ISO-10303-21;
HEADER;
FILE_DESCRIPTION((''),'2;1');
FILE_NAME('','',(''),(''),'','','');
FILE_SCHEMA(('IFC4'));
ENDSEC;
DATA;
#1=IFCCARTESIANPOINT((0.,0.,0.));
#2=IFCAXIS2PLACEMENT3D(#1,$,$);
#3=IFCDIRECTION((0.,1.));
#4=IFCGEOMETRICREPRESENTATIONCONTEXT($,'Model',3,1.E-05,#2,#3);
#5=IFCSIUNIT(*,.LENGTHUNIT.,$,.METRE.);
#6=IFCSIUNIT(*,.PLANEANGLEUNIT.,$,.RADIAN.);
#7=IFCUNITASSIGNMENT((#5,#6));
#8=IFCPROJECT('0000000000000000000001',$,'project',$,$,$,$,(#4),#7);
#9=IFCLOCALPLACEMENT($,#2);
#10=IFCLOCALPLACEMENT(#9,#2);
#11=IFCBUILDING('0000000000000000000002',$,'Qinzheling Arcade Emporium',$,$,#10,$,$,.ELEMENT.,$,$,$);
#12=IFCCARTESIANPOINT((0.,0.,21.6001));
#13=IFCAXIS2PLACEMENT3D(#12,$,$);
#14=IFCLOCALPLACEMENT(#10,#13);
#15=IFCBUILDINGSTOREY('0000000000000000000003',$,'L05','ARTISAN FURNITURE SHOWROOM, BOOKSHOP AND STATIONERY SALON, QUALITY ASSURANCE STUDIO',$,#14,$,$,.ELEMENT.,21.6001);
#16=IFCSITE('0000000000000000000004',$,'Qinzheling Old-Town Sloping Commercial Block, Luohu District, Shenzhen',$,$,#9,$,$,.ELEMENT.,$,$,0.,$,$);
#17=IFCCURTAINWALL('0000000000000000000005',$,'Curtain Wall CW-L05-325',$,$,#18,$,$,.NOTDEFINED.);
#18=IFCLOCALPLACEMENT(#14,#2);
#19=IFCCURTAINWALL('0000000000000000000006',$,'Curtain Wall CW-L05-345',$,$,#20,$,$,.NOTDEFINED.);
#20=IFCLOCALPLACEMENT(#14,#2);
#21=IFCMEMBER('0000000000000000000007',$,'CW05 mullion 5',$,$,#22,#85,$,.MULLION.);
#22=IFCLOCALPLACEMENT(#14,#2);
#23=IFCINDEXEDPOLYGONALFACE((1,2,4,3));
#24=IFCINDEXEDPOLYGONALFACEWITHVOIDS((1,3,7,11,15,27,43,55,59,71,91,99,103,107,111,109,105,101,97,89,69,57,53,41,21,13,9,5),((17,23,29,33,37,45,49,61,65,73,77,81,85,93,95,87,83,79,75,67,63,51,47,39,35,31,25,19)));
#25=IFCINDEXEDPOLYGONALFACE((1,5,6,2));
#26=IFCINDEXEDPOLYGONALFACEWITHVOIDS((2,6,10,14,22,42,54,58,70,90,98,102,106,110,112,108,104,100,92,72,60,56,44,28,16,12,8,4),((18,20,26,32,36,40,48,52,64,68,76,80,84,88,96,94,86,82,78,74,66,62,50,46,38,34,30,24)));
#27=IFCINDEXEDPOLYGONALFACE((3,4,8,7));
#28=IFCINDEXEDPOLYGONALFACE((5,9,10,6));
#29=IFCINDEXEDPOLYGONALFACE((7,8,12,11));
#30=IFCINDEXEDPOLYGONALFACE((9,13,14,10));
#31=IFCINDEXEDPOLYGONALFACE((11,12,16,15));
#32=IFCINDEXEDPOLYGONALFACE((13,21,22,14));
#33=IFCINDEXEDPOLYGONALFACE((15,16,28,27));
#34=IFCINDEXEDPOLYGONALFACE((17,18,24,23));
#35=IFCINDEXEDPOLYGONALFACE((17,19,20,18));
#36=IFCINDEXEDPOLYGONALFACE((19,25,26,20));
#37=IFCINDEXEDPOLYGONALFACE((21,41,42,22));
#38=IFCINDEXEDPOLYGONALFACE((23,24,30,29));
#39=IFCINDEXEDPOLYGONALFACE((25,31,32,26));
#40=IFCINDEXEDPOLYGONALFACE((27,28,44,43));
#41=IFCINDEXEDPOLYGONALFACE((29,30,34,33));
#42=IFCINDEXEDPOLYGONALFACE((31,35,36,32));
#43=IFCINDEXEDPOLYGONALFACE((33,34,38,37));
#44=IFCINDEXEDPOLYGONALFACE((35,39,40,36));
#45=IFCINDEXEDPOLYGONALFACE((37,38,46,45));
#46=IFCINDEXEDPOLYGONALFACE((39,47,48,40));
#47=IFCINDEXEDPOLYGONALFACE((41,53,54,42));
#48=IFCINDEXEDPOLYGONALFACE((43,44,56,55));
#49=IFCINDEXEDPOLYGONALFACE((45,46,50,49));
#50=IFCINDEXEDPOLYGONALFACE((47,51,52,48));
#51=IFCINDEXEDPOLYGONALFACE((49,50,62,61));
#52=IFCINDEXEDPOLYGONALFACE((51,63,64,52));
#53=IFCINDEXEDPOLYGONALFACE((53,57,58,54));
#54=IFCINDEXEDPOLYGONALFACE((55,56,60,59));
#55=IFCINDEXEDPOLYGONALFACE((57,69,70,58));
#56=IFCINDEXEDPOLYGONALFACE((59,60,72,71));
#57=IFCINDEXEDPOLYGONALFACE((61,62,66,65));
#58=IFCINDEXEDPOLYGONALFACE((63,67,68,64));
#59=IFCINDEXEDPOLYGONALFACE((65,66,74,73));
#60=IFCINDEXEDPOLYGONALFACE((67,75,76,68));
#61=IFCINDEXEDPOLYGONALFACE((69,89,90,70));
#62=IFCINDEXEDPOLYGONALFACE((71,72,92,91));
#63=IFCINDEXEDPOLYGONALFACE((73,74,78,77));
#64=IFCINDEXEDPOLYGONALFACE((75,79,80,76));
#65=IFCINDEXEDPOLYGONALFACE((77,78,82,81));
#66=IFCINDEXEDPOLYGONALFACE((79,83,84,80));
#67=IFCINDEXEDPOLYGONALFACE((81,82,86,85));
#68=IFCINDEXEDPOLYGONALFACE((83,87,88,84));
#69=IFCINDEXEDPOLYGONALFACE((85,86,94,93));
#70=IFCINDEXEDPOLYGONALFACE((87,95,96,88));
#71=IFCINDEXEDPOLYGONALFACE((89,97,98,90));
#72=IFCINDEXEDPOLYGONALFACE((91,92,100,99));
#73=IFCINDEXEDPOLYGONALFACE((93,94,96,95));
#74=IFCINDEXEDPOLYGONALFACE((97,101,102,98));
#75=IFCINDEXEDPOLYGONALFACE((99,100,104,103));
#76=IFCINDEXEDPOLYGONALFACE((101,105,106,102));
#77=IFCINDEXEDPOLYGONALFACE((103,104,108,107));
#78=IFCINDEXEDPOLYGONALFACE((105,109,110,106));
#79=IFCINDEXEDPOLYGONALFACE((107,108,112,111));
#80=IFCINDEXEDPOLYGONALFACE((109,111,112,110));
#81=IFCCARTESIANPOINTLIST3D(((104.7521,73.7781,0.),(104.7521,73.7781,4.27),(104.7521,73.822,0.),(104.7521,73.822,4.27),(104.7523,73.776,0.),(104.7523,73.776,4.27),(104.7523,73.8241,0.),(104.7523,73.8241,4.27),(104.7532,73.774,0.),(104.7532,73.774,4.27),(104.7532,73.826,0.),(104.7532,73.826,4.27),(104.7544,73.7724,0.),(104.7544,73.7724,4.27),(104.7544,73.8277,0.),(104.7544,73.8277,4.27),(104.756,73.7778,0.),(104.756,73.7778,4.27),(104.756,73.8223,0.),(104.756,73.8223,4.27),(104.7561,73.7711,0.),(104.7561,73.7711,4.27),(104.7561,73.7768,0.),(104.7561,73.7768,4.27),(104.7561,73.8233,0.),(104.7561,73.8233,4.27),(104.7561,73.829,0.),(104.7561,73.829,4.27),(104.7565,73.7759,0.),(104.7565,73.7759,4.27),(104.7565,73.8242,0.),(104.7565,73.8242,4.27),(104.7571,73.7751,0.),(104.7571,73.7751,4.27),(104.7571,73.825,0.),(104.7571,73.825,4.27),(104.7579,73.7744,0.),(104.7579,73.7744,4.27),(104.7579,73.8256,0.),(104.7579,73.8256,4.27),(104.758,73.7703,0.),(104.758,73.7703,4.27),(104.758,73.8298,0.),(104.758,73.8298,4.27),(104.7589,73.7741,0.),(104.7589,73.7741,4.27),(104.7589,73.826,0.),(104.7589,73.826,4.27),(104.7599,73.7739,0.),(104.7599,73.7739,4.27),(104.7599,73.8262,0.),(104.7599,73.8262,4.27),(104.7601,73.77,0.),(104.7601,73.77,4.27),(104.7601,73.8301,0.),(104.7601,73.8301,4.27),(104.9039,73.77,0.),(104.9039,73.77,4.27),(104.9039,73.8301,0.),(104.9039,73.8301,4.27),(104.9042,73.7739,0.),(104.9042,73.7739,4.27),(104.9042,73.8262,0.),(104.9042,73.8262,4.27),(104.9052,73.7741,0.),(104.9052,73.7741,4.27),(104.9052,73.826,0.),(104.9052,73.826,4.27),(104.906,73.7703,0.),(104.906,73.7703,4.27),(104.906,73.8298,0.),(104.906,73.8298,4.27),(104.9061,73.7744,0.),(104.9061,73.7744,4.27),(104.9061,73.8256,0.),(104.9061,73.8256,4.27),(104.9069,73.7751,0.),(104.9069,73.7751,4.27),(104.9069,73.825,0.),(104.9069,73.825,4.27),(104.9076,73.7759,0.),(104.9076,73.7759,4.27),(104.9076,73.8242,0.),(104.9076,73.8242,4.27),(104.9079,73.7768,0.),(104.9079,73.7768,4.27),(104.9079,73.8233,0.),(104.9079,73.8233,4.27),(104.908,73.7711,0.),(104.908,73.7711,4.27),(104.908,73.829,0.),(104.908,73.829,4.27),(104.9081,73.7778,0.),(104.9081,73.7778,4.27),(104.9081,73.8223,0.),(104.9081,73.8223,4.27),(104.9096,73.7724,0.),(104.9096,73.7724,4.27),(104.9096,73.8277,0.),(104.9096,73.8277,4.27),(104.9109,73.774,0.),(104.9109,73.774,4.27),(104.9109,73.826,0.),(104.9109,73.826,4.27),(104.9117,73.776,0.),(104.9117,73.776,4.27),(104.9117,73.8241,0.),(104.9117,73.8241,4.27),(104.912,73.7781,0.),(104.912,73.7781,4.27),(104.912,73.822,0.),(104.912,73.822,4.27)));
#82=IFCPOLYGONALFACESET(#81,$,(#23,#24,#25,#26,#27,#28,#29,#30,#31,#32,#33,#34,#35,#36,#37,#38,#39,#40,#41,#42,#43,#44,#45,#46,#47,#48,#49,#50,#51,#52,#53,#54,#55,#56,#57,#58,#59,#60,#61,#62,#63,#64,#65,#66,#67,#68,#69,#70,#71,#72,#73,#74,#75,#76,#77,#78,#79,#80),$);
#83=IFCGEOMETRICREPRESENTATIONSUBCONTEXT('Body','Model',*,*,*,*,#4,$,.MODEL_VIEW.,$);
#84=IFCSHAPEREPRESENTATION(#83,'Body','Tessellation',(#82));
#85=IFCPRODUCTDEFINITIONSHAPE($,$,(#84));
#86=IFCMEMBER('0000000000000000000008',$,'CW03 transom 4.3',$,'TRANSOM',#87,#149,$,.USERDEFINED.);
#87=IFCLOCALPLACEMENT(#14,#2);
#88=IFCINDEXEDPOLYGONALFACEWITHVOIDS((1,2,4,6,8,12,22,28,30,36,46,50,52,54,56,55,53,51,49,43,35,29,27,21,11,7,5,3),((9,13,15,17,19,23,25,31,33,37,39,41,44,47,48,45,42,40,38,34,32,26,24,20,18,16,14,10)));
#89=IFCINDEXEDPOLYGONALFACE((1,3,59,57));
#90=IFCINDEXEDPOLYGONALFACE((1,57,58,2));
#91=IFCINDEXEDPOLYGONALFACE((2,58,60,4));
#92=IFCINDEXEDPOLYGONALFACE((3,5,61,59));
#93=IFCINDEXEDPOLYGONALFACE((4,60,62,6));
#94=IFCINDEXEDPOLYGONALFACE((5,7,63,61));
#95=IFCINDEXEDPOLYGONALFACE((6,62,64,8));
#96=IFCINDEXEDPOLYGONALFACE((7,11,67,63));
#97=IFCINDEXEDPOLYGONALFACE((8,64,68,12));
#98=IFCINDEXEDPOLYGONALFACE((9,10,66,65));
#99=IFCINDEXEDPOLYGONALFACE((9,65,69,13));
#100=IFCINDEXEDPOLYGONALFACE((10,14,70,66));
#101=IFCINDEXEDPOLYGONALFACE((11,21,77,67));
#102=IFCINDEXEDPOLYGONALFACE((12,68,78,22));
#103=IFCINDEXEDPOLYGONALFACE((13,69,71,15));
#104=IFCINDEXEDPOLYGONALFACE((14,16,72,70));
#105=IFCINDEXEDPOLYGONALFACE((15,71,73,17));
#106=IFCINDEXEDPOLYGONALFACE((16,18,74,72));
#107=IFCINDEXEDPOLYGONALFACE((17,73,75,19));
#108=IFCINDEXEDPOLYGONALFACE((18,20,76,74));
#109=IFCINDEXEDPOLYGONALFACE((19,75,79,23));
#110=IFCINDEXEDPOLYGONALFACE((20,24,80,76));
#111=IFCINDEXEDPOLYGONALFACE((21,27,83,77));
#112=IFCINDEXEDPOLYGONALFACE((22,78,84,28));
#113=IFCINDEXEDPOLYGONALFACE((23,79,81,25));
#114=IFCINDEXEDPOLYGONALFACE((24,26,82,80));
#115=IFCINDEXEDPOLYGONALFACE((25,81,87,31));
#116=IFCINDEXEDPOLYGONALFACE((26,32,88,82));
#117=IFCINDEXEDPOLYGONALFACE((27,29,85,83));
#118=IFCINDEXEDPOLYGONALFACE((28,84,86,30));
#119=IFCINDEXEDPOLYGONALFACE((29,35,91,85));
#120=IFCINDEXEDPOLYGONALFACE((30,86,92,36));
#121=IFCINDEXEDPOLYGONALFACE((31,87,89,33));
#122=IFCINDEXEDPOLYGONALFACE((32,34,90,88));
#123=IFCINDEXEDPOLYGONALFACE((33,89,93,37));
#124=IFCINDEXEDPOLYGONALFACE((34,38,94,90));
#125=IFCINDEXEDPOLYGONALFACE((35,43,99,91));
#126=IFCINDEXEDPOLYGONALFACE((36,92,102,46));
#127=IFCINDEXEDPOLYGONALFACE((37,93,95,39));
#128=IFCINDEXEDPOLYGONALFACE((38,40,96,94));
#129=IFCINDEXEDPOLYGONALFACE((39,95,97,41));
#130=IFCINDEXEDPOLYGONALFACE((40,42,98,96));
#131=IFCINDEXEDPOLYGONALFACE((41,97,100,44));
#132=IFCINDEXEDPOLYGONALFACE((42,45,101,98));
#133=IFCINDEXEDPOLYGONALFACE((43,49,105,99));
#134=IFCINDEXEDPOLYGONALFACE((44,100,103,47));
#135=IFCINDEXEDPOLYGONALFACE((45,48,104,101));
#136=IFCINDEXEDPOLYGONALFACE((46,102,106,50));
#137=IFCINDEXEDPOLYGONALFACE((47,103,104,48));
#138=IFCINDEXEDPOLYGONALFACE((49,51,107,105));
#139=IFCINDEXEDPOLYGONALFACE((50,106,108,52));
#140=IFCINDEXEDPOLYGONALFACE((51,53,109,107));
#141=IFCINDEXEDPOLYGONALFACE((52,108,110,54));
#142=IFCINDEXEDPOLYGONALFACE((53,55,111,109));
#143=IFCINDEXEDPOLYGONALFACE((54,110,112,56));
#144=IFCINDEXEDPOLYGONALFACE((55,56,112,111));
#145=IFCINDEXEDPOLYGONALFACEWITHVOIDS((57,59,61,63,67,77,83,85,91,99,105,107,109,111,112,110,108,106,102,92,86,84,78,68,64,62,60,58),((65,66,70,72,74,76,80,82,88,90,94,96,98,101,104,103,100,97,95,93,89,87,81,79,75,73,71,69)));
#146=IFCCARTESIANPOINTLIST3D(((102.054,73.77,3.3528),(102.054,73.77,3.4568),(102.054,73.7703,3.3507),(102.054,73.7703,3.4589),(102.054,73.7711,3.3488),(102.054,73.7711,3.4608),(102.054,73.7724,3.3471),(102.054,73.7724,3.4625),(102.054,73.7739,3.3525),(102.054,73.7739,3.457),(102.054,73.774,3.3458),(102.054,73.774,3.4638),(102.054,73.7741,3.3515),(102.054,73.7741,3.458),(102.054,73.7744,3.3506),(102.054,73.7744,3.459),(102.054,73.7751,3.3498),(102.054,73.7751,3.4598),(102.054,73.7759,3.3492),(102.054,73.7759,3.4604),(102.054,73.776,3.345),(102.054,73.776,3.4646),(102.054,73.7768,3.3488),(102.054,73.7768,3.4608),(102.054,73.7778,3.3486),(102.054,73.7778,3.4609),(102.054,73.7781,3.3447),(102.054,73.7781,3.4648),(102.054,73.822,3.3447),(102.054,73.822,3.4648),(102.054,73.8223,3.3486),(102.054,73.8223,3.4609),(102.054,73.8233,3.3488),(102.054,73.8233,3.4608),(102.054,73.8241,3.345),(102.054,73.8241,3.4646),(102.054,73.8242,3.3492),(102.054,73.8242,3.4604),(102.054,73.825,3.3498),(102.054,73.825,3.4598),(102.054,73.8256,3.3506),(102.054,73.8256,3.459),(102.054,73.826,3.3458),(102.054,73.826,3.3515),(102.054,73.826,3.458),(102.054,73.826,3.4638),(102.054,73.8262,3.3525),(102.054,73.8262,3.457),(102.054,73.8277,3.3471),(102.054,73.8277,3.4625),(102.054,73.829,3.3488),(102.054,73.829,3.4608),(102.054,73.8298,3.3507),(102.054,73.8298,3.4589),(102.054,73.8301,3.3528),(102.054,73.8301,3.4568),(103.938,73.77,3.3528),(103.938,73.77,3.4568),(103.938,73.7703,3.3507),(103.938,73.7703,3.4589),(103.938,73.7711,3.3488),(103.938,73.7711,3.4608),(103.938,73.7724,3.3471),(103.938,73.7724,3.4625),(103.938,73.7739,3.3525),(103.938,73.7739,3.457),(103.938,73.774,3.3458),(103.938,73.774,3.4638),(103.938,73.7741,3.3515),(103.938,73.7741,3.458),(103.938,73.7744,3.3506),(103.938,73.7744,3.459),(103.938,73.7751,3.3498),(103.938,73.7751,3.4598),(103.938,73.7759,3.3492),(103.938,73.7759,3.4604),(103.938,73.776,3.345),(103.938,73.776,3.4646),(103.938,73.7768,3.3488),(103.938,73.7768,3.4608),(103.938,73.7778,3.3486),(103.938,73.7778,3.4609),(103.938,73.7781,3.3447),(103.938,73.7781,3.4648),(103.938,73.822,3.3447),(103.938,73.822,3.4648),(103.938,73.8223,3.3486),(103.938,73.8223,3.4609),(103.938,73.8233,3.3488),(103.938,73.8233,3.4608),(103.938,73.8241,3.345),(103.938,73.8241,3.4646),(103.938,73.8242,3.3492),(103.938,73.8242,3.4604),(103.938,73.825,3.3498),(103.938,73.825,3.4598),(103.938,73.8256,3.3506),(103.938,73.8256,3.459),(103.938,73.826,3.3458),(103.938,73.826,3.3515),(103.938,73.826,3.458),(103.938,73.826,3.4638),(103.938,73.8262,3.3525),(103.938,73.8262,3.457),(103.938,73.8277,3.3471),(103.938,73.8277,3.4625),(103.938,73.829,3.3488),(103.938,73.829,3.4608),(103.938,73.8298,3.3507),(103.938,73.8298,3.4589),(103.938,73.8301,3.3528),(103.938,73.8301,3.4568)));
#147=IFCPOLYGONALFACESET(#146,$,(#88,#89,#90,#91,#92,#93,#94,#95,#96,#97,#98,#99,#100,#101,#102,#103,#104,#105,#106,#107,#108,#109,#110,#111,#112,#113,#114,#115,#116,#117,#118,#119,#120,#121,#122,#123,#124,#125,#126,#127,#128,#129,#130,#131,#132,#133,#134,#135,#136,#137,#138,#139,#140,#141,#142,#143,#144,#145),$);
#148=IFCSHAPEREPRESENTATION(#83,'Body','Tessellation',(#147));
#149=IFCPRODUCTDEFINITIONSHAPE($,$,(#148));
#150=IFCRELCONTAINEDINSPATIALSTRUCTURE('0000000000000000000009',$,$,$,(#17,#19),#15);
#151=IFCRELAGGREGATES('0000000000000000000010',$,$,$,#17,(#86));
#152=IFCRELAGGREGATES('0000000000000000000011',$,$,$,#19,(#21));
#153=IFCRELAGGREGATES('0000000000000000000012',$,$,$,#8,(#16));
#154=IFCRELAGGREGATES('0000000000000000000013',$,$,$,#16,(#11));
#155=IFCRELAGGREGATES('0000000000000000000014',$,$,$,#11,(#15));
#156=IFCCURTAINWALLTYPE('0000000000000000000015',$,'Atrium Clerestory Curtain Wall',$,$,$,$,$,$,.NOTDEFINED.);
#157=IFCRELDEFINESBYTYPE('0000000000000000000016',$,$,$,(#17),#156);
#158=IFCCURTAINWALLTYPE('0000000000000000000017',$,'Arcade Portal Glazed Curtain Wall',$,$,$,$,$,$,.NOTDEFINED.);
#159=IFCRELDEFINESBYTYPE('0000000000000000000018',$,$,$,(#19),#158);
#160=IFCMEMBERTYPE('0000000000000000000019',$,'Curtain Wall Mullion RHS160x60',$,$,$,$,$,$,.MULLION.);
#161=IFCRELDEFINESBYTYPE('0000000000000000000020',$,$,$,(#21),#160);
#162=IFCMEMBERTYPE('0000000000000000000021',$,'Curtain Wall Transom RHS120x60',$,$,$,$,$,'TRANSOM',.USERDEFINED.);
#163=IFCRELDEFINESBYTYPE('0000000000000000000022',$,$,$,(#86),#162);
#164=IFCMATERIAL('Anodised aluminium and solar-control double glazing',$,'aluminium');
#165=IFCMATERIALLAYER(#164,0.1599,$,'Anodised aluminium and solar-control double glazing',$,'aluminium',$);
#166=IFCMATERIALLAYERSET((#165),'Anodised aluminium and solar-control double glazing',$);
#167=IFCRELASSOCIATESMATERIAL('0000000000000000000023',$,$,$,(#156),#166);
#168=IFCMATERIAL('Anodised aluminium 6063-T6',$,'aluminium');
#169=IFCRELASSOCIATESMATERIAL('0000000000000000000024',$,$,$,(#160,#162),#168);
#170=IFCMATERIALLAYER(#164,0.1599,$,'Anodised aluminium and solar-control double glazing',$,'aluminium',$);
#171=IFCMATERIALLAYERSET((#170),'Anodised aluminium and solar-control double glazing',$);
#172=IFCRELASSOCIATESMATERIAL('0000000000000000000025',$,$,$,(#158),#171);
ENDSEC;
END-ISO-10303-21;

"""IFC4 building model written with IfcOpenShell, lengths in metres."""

from ifc_helpers import new_model, si_unit, direction, frame, origin, origin_2d, place, context, subcontext, project, spatial, hollow_rectangle, extrude, material, layer, layer_set, material_profile, profile_set, type_object, element, aggregate, save


model = new_model("IFC4")

# Units and contexts
model_context = context("Model", 3, precision=1e-05, world=origin(), true_north=direction((0.0, 1.0)))
body_context = subcontext(model_context, "Body", "Model", "MODEL_VIEW")
ifc_project = project(units=[si_unit("LENGTHUNIT", "METRE"), si_unit("PLANEANGLEUNIT", "RADIAN")], contexts=[model_context])

# Site, building, storey
site_placement = place(None, origin())
site = spatial("IfcSite", under=ifc_project, at=site_placement, Name="Qinzheling Old-Town Sloping Commercial Block, Luohu District, Shenzhen", CompositionType="ELEMENT", RefElevation=0.0)
building_placement = place(site_placement, origin())
building = spatial("IfcBuilding", under=site, at=building_placement, Name="Qinzheling Arcade Emporium", CompositionType="ELEMENT")
storey_placement = place(building_placement, frame((0.0, 0.0, 21.6001)))
storey = spatial("IfcBuildingStorey", under=building, at=storey_placement, Name="L05", Description="ARTISAN FURNITURE SHOWROOM, BOOKSHOP AND STATIONERY SALON, QUALITY ASSURANCE STUDIO", CompositionType="ELEMENT", Elevation=21.6001)

# Curtain wall
ifc_material_1 = material(Name="Anodised aluminium and solar-control double glazing", Category="aluminium")
ifc_layer_1 = layer(ifc_material_1, 0.1599, Name="Anodised aluminium and solar-control double glazing", Category="aluminium")
ifc_layer_set_1 = layer_set([ifc_layer_1], Name="Anodised aluminium and solar-control double glazing")
curtain_wall_type_1 = type_object("IfcCurtainWallType", Name="Atrium Clerestory Curtain Wall", PredefinedType="NOTDEFINED", material=ifc_layer_set_1)
curtain_wall_1_placement = place(storey_placement, origin())
curtain_wall_1 = element("IfcCurtainWall", 1, at=curtain_wall_1_placement, inside=storey, type_object=curtain_wall_type_1, Name="Curtain Wall CW-L05-325", PredefinedType="NOTDEFINED")
ifc_material_2 = material(Name="Anodised aluminium 6063-T6", Category="aluminium")
ifc_material_profile_1 = material_profile(ifc_material_2, hollow_rectangle(XDim=0.0601, YDim=0.1599, WallThickness=0.0039, InnerFilletRadius=0.0039, OuterFilletRadius=0.0081, at=origin_2d()), Name="RHS 160x60x4", Category="aluminium")
ifc_profile_set_1 = profile_set([ifc_material_profile_1], Name="Anodised aluminium 6063-T6")
member_type_1 = type_object("IfcMemberType", Name="Curtain Wall Mullion RHS160x60", PredefinedType="MULLION", material=ifc_profile_set_1)

# Curtain wall, member
ifc_layer_2 = layer(ifc_material_1, 0.1599, Name="Anodised aluminium and solar-control double glazing", Category="aluminium")
ifc_layer_set_2 = layer_set([ifc_layer_2], Name="Anodised aluminium and solar-control double glazing")
curtain_wall_type_2 = type_object("IfcCurtainWallType", Name="Arcade Portal Glazed Curtain Wall", PredefinedType="NOTDEFINED", material=ifc_layer_set_2)
curtain_wall_2_placement = place(storey_placement, origin())
curtain_wall_2 = element("IfcCurtainWall", 2, at=curtain_wall_2_placement, inside=storey, type_object=curtain_wall_type_2, Name="Curtain Wall CW-L05-345", PredefinedType="NOTDEFINED")
member_1_placement = place(storey_placement, frame((104.832, 73.8, 0.0), z_axis=(0.0, 0.0, 1.0), x_axis=(0.0, -1.0, 0.0)))
member_1 = element("IfcMember", 3, at=member_1_placement, type_object=member_type_1, Name="CW05 mullion 5", PredefinedType="MULLION", context=body_context, shape_type="SweptSolid", body=[
    extrude(hollow_rectangle(XDim=0.0601, YDim=0.1599, WallThickness=0.0039, InnerFilletRadius=0.0039, OuterFilletRadius=0.0081, at=origin_2d()), origin(), (0.0, 0.0, 1.0), 4.27),
])

# Member
ifc_material_profile_2 = material_profile(ifc_material_2, hollow_rectangle(XDim=0.0601, YDim=0.1201, WallThickness=0.0039, InnerFilletRadius=0.0039, OuterFilletRadius=0.0081, at=origin_2d()), Name="RHS 120x60x4", Category="aluminium")
ifc_profile_set_2 = profile_set([ifc_material_profile_2], Name="Anodised aluminium 6063-T6")
member_type_2 = type_object("IfcMemberType", Name="Curtain Wall Transom RHS120x60", ElementType="TRANSOM", PredefinedType="USERDEFINED", material=ifc_profile_set_2)
member_2_placement = place(storey_placement, frame((102.054, 73.8, 3.4048), z_axis=(1.0, 0.0, 0.0), x_axis=(0.0, 1.0, 0.0)))
member_2 = element("IfcMember", 4, at=member_2_placement, type_object=member_type_2, Name="CW03 transom 4.3", ObjectType="TRANSOM", PredefinedType="USERDEFINED", context=body_context, shape_type="SweptSolid", body=[
    extrude(hollow_rectangle(XDim=0.0601, YDim=0.1201, WallThickness=0.0039, InnerFilletRadius=0.0039, OuterFilletRadius=0.0081, at=origin_2d()), origin(), (0.0, 0.0, 1.0), 1.884),
])

aggregate(curtain_wall_1, [member_2])
aggregate(curtain_wall_2, [member_1])

save(model, "model.ifc")
